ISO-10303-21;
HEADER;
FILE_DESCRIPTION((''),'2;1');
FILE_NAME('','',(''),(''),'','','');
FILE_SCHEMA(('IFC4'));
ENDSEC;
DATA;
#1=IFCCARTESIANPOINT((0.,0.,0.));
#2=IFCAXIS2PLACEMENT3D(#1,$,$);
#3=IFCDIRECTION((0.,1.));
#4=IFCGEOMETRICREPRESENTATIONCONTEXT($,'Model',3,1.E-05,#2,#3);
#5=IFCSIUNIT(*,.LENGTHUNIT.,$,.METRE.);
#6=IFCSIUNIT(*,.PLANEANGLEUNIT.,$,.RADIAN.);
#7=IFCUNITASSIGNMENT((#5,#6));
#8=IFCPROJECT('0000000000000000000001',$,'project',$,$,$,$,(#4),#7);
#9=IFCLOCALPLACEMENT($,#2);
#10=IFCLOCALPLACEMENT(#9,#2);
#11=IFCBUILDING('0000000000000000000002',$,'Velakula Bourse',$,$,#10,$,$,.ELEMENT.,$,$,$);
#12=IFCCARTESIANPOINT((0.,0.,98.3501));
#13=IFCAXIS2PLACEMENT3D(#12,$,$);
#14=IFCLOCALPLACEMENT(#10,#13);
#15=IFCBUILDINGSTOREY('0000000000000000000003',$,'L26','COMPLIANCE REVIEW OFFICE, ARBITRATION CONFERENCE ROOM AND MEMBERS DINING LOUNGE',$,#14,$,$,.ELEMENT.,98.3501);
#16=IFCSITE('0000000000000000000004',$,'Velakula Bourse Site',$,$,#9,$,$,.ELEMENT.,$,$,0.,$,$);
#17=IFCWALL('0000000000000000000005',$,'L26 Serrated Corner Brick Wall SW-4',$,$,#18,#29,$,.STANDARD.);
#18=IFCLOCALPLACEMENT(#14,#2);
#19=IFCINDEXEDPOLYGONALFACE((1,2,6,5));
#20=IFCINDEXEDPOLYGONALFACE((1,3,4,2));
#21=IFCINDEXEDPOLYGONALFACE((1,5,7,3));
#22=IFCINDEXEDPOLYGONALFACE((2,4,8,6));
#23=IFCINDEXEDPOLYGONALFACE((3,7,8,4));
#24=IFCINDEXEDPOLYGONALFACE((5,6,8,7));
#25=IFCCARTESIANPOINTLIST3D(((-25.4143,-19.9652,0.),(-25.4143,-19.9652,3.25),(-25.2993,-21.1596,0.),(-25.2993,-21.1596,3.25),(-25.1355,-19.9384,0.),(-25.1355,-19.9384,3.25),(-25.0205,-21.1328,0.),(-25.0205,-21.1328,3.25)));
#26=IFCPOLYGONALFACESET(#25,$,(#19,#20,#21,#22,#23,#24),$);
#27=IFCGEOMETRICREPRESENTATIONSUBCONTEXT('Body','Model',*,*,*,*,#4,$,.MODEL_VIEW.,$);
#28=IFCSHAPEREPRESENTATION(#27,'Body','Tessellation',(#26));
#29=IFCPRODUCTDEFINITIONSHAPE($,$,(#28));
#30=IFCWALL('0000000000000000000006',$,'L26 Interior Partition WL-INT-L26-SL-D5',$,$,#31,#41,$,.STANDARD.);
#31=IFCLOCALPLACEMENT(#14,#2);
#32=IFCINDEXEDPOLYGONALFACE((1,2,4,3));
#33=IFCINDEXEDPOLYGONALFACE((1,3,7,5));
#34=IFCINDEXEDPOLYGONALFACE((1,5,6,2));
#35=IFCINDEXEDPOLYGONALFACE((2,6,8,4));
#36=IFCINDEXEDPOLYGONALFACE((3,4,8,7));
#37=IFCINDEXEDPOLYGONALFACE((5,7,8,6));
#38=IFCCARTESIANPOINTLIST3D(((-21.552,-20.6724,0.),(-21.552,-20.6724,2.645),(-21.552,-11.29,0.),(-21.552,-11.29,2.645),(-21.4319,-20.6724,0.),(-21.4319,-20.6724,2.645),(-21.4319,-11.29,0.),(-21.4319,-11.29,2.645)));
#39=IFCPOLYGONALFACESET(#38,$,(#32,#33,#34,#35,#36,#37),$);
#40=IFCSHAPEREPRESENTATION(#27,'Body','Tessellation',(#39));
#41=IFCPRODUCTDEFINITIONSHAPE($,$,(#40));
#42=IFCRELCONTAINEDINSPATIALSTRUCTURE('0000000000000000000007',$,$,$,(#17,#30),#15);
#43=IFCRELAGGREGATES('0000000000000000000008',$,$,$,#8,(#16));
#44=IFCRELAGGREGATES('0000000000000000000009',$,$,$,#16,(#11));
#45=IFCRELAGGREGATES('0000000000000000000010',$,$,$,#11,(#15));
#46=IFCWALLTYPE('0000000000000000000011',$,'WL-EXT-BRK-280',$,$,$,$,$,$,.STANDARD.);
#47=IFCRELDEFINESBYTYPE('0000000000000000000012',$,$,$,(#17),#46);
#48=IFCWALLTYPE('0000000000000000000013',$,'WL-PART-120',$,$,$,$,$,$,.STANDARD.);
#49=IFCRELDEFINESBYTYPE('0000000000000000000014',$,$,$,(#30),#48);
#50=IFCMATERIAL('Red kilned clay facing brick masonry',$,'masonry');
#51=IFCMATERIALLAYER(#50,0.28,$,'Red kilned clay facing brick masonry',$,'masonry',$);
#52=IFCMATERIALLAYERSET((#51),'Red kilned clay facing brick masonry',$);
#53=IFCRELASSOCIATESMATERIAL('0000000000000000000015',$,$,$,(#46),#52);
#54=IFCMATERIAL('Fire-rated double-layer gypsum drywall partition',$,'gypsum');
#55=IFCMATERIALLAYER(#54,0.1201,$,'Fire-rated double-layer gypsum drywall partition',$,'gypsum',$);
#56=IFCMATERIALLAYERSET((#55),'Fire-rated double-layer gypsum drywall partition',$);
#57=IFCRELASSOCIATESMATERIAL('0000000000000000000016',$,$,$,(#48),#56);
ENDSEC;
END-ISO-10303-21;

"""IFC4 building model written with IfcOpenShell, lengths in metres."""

from ifc_helpers import new_model, si_unit, direction, frame, frame_2d, origin, place, context, subcontext, project, spatial, rectangle, extrude, material, layer, layer_set, type_object, element, save


model = new_model("IFC4")

# Units and contexts
model_context = context("Model", 3, precision=1e-05, world=origin(), true_north=direction((0.0, 1.0)))
body_context = subcontext(model_context, "Body", "Model", "MODEL_VIEW")
ifc_project = project(units=[si_unit("LENGTHUNIT", "METRE"), si_unit("PLANEANGLEUNIT", "RADIAN")], contexts=[model_context])

# Site, building, storey
site_placement = place(None, origin())
site = spatial("IfcSite", under=ifc_project, at=site_placement, Name="Velakula Bourse Site", CompositionType="ELEMENT", RefElevation=0.0)
building_placement = place(site_placement, origin())
building = spatial("IfcBuilding", under=site, at=building_placement, Name="Velakula Bourse", CompositionType="ELEMENT")
storey_placement = place(building_placement, frame((0.0, 0.0, 98.3501)))
storey = spatial("IfcBuildingStorey", under=building, at=storey_placement, Name="L26", Description="COMPLIANCE REVIEW OFFICE, ARBITRATION CONFERENCE ROOM AND MEMBERS DINING LOUNGE", CompositionType="ELEMENT", Elevation=98.3501)

# Shared definitions
ifc_material_1 = material(Name="Red kilned clay facing brick masonry", Category="masonry")
ifc_layer_1 = layer(ifc_material_1, 0.28, Name="Red kilned clay facing brick masonry", Category="masonry")
ifc_layer_set_1 = layer_set([ifc_layer_1], Name="Red kilned clay facing brick masonry")
wall_type_1 = type_object("IfcWallType", Name="WL-EXT-BRK-280", PredefinedType="STANDARD", material=ifc_layer_set_1)

# Walls
wall_1_placement = place(storey_placement, frame((-25.2749, -19.9517, 0.0), z_axis=(0.0, 0.0, 1.0), x_axis=(0.095836, -0.995397, 0.0)))
element("IfcWall", 1, at=wall_1_placement, inside=storey, type_object=wall_type_1, Name="L26 Serrated Corner Brick Wall SW-4", PredefinedType="STANDARD", context=body_context, shape_type="SweptSolid", body=[
    extrude(rectangle(XDim=1.2, YDim=0.28, at=frame_2d((0.6001, 0.0))), origin(), (0.0, 0.0, 1.0), 3.25),
])
ifc_material_2 = material(Name="Fire-rated double-layer gypsum drywall partition", Category="gypsum")
ifc_layer_2 = layer(ifc_material_2, 0.1201, Name="Fire-rated double-layer gypsum drywall partition", Category="gypsum")
ifc_layer_set_2 = layer_set([ifc_layer_2], Name="Fire-rated double-layer gypsum drywall partition")
wall_type_2 = type_object("IfcWallType", Name="WL-PART-120", PredefinedType="STANDARD", material=ifc_layer_set_2)
wall_2_placement = place(storey_placement, frame((-21.4919, -20.6724, 0.0), z_axis=(0.0, 0.0, 1.0), x_axis=(0.0, 1.0, 0.0)))
element("IfcWall", 2, at=wall_2_placement, inside=storey, type_object=wall_type_2, Name="L26 Interior Partition WL-INT-L26-SL-D5", PredefinedType="STANDARD", context=body_context, shape_type="SweptSolid", body=[
    extrude(rectangle(XDim=9.3823, YDim=0.1201, at=frame_2d((4.6912, 0.0))), origin(), (0.0, 0.0, 1.0), 2.645),
])

save(model, "model.ifc")
